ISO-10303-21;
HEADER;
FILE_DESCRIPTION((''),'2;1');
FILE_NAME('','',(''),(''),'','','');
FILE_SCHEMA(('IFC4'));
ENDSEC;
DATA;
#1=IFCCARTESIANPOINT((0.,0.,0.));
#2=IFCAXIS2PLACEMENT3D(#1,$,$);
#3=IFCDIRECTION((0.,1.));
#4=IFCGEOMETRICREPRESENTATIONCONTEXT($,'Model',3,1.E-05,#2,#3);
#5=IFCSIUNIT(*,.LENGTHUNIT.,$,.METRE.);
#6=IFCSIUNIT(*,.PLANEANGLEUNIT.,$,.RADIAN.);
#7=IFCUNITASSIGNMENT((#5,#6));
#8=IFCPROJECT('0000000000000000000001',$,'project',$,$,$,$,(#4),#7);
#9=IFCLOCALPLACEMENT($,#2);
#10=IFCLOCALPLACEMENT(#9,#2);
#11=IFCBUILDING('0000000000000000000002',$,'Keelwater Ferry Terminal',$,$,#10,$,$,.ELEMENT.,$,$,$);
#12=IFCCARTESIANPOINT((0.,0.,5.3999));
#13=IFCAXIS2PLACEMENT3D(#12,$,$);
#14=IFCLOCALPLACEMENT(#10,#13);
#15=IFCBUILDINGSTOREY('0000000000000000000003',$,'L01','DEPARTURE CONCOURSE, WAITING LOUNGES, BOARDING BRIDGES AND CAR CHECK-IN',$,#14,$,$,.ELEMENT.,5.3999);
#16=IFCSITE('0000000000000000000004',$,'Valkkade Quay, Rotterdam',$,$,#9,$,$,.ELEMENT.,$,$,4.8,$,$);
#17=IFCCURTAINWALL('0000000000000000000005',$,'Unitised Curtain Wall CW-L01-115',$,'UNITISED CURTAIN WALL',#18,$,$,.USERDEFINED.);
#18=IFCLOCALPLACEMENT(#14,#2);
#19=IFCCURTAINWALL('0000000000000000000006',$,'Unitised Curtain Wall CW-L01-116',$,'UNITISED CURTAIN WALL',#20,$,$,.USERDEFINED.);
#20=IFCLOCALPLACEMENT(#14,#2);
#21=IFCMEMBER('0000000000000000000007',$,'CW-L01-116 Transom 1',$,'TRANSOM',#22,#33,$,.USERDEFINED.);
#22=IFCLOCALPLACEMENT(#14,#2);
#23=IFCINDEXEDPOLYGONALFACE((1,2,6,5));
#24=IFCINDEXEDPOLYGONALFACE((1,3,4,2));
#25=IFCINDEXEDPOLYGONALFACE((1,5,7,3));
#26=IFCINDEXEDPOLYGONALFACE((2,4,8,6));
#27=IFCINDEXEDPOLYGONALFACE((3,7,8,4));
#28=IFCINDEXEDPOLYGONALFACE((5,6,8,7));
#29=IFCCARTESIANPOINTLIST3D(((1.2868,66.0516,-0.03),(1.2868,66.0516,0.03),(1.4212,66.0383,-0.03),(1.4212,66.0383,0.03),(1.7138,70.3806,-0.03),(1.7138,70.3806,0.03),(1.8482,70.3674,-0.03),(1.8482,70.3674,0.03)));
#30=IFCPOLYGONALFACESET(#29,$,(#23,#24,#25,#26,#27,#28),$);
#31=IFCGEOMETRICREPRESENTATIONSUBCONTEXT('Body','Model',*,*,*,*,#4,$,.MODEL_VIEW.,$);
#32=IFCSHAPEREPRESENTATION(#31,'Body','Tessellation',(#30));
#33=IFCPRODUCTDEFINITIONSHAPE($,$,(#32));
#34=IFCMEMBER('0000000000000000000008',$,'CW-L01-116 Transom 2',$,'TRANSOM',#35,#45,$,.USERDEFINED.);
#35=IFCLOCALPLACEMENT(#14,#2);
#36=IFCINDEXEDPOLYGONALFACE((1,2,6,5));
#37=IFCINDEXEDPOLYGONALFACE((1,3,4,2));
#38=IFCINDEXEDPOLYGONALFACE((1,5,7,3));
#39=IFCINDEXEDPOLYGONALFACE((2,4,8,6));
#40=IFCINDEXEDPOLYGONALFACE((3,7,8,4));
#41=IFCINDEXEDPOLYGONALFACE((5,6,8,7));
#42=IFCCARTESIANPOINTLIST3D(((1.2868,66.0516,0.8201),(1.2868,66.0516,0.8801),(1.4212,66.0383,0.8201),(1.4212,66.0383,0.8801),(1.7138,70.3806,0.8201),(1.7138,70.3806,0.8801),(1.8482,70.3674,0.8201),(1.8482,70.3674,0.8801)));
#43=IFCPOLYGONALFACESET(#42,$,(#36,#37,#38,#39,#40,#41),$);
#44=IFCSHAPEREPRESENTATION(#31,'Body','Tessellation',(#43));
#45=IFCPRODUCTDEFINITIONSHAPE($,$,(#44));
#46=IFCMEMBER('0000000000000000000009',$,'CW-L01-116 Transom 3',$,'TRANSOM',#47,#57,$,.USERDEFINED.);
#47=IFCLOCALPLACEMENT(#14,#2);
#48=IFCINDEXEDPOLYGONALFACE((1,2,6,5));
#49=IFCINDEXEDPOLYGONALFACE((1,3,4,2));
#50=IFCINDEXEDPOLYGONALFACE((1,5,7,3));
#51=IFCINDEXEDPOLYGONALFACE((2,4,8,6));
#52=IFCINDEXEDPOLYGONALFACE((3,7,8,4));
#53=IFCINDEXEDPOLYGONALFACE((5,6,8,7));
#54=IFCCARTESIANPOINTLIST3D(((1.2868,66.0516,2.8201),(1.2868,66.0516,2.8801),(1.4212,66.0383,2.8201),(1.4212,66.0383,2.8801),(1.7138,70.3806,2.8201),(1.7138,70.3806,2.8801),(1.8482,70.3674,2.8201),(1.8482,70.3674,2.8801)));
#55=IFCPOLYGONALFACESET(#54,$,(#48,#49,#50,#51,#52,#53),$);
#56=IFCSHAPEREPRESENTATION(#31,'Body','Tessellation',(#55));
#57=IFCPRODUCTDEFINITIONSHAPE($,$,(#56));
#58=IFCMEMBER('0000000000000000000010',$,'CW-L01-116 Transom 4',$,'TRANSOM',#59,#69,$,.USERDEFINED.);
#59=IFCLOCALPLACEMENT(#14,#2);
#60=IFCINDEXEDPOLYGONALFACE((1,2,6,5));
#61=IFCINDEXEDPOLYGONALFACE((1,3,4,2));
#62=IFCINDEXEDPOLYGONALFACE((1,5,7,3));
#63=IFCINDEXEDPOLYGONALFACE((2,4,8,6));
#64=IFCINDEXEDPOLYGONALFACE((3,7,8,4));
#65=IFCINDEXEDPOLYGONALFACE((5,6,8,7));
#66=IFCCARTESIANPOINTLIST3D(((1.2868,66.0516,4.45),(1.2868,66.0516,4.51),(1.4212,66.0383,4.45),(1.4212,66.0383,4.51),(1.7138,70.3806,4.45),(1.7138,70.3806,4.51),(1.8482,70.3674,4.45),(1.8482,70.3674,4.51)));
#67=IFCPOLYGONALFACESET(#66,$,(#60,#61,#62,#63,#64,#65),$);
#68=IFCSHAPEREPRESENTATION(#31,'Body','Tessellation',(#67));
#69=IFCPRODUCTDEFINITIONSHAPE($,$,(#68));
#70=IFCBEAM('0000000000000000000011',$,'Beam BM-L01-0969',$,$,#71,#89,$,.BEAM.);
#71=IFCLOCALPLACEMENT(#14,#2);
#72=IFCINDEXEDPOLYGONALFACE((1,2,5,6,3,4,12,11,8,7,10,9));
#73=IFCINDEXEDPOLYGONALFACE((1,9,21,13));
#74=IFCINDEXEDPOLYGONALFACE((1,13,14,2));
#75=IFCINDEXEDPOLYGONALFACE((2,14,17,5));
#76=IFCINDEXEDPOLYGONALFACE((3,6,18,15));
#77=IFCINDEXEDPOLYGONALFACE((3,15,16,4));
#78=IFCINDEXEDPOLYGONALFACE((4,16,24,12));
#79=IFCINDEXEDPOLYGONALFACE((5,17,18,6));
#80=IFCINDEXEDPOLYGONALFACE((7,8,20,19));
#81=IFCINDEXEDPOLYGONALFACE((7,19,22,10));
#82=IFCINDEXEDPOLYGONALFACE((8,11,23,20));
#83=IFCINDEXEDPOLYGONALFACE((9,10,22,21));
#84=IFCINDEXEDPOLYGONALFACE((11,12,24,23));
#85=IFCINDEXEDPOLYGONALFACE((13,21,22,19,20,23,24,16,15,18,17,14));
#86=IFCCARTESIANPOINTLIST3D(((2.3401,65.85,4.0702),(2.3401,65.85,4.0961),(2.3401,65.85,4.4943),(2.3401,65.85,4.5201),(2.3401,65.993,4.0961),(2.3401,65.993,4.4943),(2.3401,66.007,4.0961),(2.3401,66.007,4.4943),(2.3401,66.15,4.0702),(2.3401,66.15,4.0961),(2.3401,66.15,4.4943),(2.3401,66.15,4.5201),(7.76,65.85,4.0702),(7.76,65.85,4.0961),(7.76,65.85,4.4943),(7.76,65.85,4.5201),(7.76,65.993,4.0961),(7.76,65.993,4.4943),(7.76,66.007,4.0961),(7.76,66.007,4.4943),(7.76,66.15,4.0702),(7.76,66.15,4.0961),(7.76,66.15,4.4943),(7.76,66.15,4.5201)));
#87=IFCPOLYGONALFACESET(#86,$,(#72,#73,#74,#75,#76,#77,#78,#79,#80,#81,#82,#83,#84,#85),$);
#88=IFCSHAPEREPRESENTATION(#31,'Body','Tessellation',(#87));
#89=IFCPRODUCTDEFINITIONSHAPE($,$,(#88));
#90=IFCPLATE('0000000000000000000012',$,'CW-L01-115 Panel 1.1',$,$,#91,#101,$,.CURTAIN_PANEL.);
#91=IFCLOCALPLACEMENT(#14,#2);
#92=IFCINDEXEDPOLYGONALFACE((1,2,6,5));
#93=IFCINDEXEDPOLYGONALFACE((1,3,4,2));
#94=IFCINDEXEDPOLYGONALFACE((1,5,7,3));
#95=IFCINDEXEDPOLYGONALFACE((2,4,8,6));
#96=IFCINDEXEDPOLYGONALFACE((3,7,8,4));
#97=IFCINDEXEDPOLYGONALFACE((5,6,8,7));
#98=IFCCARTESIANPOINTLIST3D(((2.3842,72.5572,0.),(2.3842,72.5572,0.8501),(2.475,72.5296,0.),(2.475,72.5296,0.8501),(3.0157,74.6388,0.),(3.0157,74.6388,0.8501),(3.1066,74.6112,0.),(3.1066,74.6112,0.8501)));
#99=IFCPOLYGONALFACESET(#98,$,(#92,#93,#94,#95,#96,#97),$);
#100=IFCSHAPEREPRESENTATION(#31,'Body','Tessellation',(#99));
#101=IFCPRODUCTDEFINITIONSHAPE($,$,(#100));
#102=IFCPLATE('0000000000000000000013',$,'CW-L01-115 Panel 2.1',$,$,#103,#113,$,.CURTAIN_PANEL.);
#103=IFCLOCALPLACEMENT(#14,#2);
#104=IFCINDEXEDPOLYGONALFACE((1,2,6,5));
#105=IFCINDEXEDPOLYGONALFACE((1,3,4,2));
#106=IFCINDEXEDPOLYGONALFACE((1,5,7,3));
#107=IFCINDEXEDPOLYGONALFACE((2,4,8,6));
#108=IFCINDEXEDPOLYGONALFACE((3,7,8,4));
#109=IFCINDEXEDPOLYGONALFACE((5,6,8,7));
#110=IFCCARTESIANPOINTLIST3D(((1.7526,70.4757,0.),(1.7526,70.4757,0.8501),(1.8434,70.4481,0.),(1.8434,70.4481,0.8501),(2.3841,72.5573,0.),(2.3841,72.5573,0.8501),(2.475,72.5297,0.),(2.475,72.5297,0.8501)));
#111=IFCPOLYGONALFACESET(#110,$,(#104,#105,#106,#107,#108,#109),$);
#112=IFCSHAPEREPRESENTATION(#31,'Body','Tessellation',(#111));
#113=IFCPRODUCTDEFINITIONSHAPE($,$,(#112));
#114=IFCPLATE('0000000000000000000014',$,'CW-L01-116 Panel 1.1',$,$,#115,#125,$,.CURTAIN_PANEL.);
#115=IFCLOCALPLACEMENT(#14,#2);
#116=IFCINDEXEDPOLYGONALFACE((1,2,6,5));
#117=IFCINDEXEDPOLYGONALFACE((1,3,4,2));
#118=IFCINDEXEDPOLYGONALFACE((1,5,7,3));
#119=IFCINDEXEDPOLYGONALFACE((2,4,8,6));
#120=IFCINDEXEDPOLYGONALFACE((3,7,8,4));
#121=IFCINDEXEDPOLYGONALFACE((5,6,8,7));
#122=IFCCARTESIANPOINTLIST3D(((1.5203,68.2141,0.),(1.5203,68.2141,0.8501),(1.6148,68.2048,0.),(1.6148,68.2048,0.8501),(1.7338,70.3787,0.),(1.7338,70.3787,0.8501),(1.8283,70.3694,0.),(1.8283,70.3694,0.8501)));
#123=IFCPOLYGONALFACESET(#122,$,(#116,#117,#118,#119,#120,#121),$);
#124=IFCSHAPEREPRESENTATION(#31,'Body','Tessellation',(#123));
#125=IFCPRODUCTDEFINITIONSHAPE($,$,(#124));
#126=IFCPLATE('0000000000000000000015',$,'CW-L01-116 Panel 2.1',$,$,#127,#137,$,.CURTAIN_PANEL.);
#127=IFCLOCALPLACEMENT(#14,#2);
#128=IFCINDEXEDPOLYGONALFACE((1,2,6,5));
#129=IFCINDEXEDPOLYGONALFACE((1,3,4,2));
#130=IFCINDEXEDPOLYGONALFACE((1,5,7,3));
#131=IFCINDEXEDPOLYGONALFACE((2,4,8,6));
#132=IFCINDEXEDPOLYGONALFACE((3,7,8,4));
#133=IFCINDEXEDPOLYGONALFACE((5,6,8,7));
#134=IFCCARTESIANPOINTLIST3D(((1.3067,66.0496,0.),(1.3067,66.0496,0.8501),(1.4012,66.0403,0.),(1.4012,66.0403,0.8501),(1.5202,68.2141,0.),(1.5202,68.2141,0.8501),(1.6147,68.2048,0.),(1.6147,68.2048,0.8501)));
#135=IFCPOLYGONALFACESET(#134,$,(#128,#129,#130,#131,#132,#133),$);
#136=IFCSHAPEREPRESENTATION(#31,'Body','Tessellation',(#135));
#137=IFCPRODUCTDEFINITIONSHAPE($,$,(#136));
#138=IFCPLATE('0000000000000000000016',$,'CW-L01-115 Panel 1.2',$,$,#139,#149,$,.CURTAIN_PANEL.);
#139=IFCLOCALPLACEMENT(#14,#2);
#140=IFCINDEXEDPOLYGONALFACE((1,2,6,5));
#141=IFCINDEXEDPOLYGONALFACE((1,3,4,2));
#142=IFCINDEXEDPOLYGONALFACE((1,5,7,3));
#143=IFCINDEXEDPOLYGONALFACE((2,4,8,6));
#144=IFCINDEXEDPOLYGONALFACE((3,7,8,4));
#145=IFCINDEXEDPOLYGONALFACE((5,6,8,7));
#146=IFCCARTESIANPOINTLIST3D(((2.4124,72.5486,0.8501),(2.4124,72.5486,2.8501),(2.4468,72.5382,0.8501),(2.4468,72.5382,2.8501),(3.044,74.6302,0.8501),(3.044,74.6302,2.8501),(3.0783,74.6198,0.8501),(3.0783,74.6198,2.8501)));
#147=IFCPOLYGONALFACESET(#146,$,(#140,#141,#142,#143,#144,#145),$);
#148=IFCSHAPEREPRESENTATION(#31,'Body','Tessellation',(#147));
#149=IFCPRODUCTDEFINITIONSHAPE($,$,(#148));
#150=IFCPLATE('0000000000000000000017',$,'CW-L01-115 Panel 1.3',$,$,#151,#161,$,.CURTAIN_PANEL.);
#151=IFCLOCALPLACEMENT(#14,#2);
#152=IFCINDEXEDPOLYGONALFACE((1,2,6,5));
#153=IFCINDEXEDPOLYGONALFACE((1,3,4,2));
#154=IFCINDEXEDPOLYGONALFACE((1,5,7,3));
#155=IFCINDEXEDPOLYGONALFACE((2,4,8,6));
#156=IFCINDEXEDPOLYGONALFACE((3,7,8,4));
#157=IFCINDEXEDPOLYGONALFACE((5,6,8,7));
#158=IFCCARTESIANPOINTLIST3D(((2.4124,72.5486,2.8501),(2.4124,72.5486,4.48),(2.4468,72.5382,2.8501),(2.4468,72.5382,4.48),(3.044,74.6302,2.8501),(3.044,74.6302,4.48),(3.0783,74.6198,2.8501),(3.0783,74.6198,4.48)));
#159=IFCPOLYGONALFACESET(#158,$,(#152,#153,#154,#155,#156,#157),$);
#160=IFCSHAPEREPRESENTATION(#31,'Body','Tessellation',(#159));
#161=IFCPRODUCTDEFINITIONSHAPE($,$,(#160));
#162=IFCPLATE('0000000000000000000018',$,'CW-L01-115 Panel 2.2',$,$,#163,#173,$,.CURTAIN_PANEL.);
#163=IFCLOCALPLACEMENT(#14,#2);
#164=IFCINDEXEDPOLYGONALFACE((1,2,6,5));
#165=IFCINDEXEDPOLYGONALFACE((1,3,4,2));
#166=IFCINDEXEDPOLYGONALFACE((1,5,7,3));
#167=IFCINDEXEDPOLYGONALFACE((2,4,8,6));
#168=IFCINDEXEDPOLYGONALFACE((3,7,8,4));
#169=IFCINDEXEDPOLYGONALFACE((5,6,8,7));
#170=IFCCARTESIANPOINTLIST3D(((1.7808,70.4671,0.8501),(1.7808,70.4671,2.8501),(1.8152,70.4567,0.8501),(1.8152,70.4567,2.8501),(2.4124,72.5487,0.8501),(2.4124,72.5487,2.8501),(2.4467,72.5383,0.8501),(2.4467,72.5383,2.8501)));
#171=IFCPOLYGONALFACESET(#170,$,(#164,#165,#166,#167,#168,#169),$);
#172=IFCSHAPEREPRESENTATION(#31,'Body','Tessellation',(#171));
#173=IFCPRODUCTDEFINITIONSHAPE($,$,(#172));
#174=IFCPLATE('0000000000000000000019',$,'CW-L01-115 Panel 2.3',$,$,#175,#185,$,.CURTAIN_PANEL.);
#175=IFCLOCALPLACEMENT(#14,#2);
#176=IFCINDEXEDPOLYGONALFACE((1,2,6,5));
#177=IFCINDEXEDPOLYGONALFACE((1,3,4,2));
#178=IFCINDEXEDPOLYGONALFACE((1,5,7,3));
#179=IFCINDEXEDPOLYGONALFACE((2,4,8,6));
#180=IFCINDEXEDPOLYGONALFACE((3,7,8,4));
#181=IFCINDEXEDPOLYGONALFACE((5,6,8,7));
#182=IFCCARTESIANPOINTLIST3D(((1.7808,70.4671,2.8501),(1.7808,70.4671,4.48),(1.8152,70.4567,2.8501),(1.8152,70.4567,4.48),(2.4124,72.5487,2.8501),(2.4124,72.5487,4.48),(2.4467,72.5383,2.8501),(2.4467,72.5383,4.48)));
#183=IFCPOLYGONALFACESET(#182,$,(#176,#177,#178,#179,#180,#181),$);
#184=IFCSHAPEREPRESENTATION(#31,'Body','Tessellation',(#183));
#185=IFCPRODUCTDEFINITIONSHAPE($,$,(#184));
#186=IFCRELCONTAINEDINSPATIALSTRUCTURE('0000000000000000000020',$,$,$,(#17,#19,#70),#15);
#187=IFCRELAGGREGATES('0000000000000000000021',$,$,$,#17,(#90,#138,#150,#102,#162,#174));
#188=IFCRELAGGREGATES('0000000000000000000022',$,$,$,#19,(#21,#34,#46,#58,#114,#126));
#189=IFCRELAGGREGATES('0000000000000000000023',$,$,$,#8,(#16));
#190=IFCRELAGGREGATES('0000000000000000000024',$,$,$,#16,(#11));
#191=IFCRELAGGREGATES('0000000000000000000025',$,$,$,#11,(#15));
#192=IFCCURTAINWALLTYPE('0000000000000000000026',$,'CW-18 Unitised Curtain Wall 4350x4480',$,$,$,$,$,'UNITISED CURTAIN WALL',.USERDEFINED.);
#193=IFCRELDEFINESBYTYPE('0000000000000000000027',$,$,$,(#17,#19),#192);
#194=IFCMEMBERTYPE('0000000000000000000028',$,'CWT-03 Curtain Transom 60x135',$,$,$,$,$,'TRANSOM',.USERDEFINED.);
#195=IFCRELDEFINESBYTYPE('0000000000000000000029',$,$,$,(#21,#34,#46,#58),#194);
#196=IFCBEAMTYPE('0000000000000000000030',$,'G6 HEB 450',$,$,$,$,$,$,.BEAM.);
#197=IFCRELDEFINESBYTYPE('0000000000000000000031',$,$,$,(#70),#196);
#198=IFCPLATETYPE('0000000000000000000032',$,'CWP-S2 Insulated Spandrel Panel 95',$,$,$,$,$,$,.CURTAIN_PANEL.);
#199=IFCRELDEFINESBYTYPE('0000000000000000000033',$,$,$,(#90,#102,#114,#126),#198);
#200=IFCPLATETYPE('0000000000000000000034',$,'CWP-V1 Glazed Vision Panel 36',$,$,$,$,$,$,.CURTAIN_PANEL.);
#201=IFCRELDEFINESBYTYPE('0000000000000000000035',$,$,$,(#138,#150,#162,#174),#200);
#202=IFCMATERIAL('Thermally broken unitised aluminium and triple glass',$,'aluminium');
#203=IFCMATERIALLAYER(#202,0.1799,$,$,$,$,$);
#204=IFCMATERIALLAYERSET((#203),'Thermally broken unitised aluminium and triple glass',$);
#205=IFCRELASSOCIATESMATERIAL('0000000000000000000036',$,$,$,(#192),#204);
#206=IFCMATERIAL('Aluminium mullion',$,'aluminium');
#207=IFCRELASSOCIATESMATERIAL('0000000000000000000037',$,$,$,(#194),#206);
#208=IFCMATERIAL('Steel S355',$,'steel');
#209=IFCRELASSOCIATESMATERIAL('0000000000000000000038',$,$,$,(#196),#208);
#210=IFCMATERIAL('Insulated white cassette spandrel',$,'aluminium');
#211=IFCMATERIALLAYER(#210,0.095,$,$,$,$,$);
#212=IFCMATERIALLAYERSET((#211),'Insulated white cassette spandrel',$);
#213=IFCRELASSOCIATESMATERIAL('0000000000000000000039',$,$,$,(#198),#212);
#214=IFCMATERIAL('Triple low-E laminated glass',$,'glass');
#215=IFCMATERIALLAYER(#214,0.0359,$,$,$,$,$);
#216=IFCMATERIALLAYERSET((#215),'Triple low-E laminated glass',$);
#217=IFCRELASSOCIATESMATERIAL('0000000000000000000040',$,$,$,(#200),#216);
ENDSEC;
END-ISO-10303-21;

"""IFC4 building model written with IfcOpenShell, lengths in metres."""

from ifc_helpers import new_model, si_unit, direction, frame, origin, origin_2d, place, context, subcontext, project, spatial, rectangle, i_section, extrude, material, layer, layer_set, material_profile, profile_set, type_object, element, aggregate, save


model = new_model("IFC4")

# Units and contexts
model_context = context("Model", 3, precision=1e-05, world=origin(), true_north=direction((0.0, 1.0)))
body_context = subcontext(model_context, "Body", "Model", "MODEL_VIEW")
ifc_project = project(units=[si_unit("LENGTHUNIT", "METRE"), si_unit("PLANEANGLEUNIT", "RADIAN")], contexts=[model_context])

# Site, building, storey
site_placement = place(None, origin())
site = spatial("IfcSite", under=ifc_project, at=site_placement, Name="Valkkade Quay, Rotterdam", CompositionType="ELEMENT", RefElevation=4.8)
building_placement = place(site_placement, origin())
building = spatial("IfcBuilding", under=site, at=building_placement, Name="Keelwater Ferry Terminal", CompositionType="ELEMENT")
storey_placement = place(building_placement, frame((0.0, 0.0, 5.3999)))
storey = spatial("IfcBuildingStorey", under=building, at=storey_placement, Name="L01", Description="DEPARTURE CONCOURSE, WAITING LOUNGES, BOARDING BRIDGES AND CAR CHECK-IN", CompositionType="ELEMENT", Elevation=5.3999)

# Curtain walls
ifc_material_1 = material(Name="Thermally broken unitised aluminium and triple glass", Category="aluminium")
ifc_layer_1 = layer(ifc_material_1, 0.1799)
ifc_layer_set_1 = layer_set([ifc_layer_1], Name="Thermally broken unitised aluminium and triple glass")
curtain_wall_type = type_object("IfcCurtainWallType", Name="CW-18 Unitised Curtain Wall 4350x4480", ElementType="UNITISED CURTAIN WALL", PredefinedType="USERDEFINED", material=ifc_layer_set_1)
curtain_wall_1_placement = place(storey_placement, origin())
curtain_wall_1 = element("IfcCurtainWall", 1, at=curtain_wall_1_placement, inside=storey, type_object=curtain_wall_type, Name="Unitised Curtain Wall CW-L01-115", ObjectType="UNITISED CURTAIN WALL", PredefinedType="USERDEFINED")
curtain_wall_2_placement = place(storey_placement, origin())
curtain_wall_2 = element("IfcCurtainWall", 2, at=curtain_wall_2_placement, inside=storey, type_object=curtain_wall_type, Name="Unitised Curtain Wall CW-L01-116", ObjectType="UNITISED CURTAIN WALL", PredefinedType="USERDEFINED")

# Members
ifc_material_2 = material(Name="Aluminium mullion", Category="aluminium")
ifc_material_profile_1 = material_profile(ifc_material_2, rectangle(XDim=0.135, YDim=0.0601, at=origin_2d()), Name="CWT-03")
ifc_profile_set_1 = profile_set([ifc_material_profile_1], Name="Aluminium mullion")
member_type_1 = type_object("IfcMemberType", Name="CWT-03 Curtain Transom 60x135", ElementType="TRANSOM", PredefinedType="USERDEFINED", material=ifc_profile_set_1)
member_1_placement = place(storey_placement, frame((1.781, 70.374, 0.0), z_axis=(-0.098159, -0.995171, 0.0), x_axis=(0.995171, -0.098159, 0.0)))
member_1 = element("IfcMember", 3, at=member_1_placement, type_object=member_type_1, Name="CW-L01-116 Transom 1", ObjectType="TRANSOM", PredefinedType="USERDEFINED", context=body_context, shape_type="SweptSolid", body=[
    extrude(rectangle(XDim=0.135, YDim=0.0601, at=origin_2d()), origin(), (0.0, 0.0, 1.0), 4.3501),
])
member_2_placement = place(storey_placement, frame((1.781, 70.374, 0.8501), z_axis=(-0.098159, -0.995171, 0.0), x_axis=(0.995171, -0.098159, 0.0)))
member_2 = element("IfcMember", 4, at=member_2_placement, type_object=member_type_1, Name="CW-L01-116 Transom 2", ObjectType="TRANSOM", PredefinedType="USERDEFINED", context=body_context, shape_type="SweptSolid", body=[
    extrude(rectangle(XDim=0.135, YDim=0.0601, at=origin_2d()), origin(), (0.0, 0.0, 1.0), 4.3501),
])
member_3_placement = place(storey_placement, frame((1.781, 70.374, 2.8501), z_axis=(-0.098159, -0.995171, 0.0), x_axis=(0.995171, -0.098159, 0.0)))
member_3 = element("IfcMember", 5, at=member_3_placement, type_object=member_type_1, Name="CW-L01-116 Transom 3", ObjectType="TRANSOM", PredefinedType="USERDEFINED", context=body_context, shape_type="SweptSolid", body=[
    extrude(rectangle(XDim=0.135, YDim=0.0601, at=origin_2d()), origin(), (0.0, 0.0, 1.0), 4.3501),
])
member_4_placement = place(storey_placement, frame((1.781, 70.374, 4.48), z_axis=(-0.098159, -0.995171, 0.0), x_axis=(0.995171, -0.098159, 0.0)))
member_4 = element("IfcMember", 6, at=member_4_placement, type_object=member_type_1, Name="CW-L01-116 Transom 4", ObjectType="TRANSOM", PredefinedType="USERDEFINED", context=body_context, shape_type="SweptSolid", body=[
    extrude(rectangle(XDim=0.135, YDim=0.0601, at=origin_2d()), origin(), (0.0, 0.0, 1.0), 4.3501),
])

# Beam
ifc_material_3 = material(Name="Steel S355", Category="steel")
ifc_material_profile_2 = material_profile(ifc_material_3, i_section(OverallWidth=0.3, OverallDepth=0.45, WebThickness=0.0139, FlangeThickness=0.0259, at=origin_2d()), Name="HEB 450")
ifc_profile_set_2 = profile_set([ifc_material_profile_2], Name="Steel S355")
beam_type = type_object("IfcBeamType", Name="G6 HEB 450", PredefinedType="BEAM", material=ifc_profile_set_2)
beam_placement = place(storey_placement, frame((2.3401, 66.0, 4.2952), z_axis=(1.0, 0.0, 0.0), x_axis=(0.0, 1.0, 0.0)))
element("IfcBeam", 7, at=beam_placement, inside=storey, type_object=beam_type, Name="Beam BM-L01-0969", PredefinedType="BEAM", context=body_context, shape_type="SweptSolid", body=[
    extrude(i_section(OverallWidth=0.3, OverallDepth=0.45, WebThickness=0.0139, FlangeThickness=0.0259, at=origin_2d()), origin(), (0.0, 0.0, 1.0), 5.4199),
])

# Plates
ifc_material_4 = material(Name="Insulated white cassette spandrel", Category="aluminium")
ifc_layer_2 = layer(ifc_material_4, 0.095)
ifc_layer_set_2 = layer_set([ifc_layer_2], Name="Insulated white cassette spandrel")
plate_type_1 = type_object("IfcPlateType", Name="CWP-S2 Insulated Spandrel Panel 95", PredefinedType="CURTAIN_PANEL", material=ifc_layer_set_2)
plate_1_placement = place(storey_placement, frame((2.7454, 73.5842, 0.0), z_axis=(0.0, 0.0, 1.0), x_axis=(-0.29032, -0.95693, 0.0)))
plate_1 = element("IfcPlate", 8, at=plate_1_placement, type_object=plate_type_1, Name="CW-L01-115 Panel 1.1", PredefinedType="CURTAIN_PANEL", context=body_context, shape_type="SweptSolid", body=[
    extrude(rectangle(XDim=2.1753, YDim=0.095, at=origin_2d()), origin(), (0.0, 0.0, 1.0), 0.8501),
])
plate_2_placement = place(storey_placement, frame((2.1138, 71.5027, 0.0), z_axis=(0.0, 0.0, 1.0), x_axis=(-0.29032, -0.95693, 0.0)))
plate_2 = element("IfcPlate", 9, at=plate_2_placement, type_object=plate_type_1, Name="CW-L01-115 Panel 2.1", PredefinedType="CURTAIN_PANEL", context=body_context, shape_type="SweptSolid", body=[
    extrude(rectangle(XDim=2.1753, YDim=0.095, at=origin_2d()), origin(), (0.0, 0.0, 1.0), 0.8501),
])
plate_3_placement = place(storey_placement, frame((1.6743, 69.2917, 0.0), z_axis=(0.0, 0.0, 1.0), x_axis=(-0.098161, -0.995171, 0.0)))
plate_3 = element("IfcPlate", 10, at=plate_3_placement, type_object=plate_type_1, Name="CW-L01-116 Panel 1.1", PredefinedType="CURTAIN_PANEL", context=body_context, shape_type="SweptSolid", body=[
    extrude(rectangle(XDim=2.175, YDim=0.095, at=origin_2d()), origin(), (0.0, 0.0, 1.0), 0.8501),
])
plate_4_placement = place(storey_placement, frame((1.4607, 67.1272, 0.0), z_axis=(0.0, 0.0, 1.0), x_axis=(-0.098161, -0.995171, 0.0)))
plate_4 = element("IfcPlate", 11, at=plate_4_placement, type_object=plate_type_1, Name="CW-L01-116 Panel 2.1", PredefinedType="CURTAIN_PANEL", context=body_context, shape_type="SweptSolid", body=[
    extrude(rectangle(XDim=2.175, YDim=0.095, at=origin_2d()), origin(), (0.0, 0.0, 1.0), 0.8501),
])
ifc_material_5 = material(Name="Triple low-E laminated glass", Category="glass")
ifc_layer_3 = layer(ifc_material_5, 0.0359)
ifc_layer_set_3 = layer_set([ifc_layer_3], Name="Triple low-E laminated glass")
plate_type_2 = type_object("IfcPlateType", Name="CWP-V1 Glazed Vision Panel 36", PredefinedType="CURTAIN_PANEL", material=ifc_layer_set_3)
plate_5_placement = place(storey_placement, frame((2.7454, 73.5842, 0.8501), z_axis=(0.0, 0.0, 1.0), x_axis=(-0.29032, -0.95693, 0.0)))
plate_5 = element("IfcPlate", 12, at=plate_5_placement, type_object=plate_type_2, Name="CW-L01-115 Panel 1.2", PredefinedType="CURTAIN_PANEL", context=body_context, shape_type="SweptSolid", body=[
    extrude(rectangle(XDim=2.1753, YDim=0.0359, at=origin_2d()), origin(), (0.0, 0.0, 1.0), 2.0),
])
plate_6_placement = place(storey_placement, frame((2.7454, 73.5842, 2.8501), z_axis=(0.0, 0.0, 1.0), x_axis=(-0.29032, -0.95693, 0.0)))
plate_6 = element("IfcPlate", 13, at=plate_6_placement, type_object=plate_type_2, Name="CW-L01-115 Panel 1.3", PredefinedType="CURTAIN_PANEL", context=body_context, shape_type="SweptSolid", body=[
    extrude(rectangle(XDim=2.1753, YDim=0.0359, at=origin_2d()), origin(), (0.0, 0.0, 1.0), 1.6299),
])
plate_7_placement = place(storey_placement, frame((2.1138, 71.5027, 0.8501), z_axis=(0.0, 0.0, 1.0), x_axis=(-0.29032, -0.95693, 0.0)))
plate_7 = element("IfcPlate", 14, at=plate_7_placement, type_object=plate_type_2, Name="CW-L01-115 Panel 2.2", PredefinedType="CURTAIN_PANEL", context=body_context, shape_type="SweptSolid", body=[
    extrude(rectangle(XDim=2.1753, YDim=0.0359, at=origin_2d()), origin(), (0.0, 0.0, 1.0), 2.0),
])
plate_8_placement = place(storey_placement, frame((2.1138, 71.5027, 2.8501), z_axis=(0.0, 0.0, 1.0), x_axis=(-0.29032, -0.95693, 0.0)))
plate_8 = element("IfcPlate", 15, at=plate_8_placement, type_object=plate_type_2, Name="CW-L01-115 Panel 2.3", PredefinedType="CURTAIN_PANEL", context=body_context, shape_type="SweptSolid", body=[
    extrude(rectangle(XDim=2.1753, YDim=0.0359, at=origin_2d()), origin(), (0.0, 0.0, 1.0), 1.6299),
])
aggregate(curtain_wall_1, [plate_1, plate_5, plate_6, plate_2, plate_7, plate_8])
aggregate(curtain_wall_2, [member_1, member_2, member_3, member_4, plate_3, plate_4])

save(model, "model.ifc")
